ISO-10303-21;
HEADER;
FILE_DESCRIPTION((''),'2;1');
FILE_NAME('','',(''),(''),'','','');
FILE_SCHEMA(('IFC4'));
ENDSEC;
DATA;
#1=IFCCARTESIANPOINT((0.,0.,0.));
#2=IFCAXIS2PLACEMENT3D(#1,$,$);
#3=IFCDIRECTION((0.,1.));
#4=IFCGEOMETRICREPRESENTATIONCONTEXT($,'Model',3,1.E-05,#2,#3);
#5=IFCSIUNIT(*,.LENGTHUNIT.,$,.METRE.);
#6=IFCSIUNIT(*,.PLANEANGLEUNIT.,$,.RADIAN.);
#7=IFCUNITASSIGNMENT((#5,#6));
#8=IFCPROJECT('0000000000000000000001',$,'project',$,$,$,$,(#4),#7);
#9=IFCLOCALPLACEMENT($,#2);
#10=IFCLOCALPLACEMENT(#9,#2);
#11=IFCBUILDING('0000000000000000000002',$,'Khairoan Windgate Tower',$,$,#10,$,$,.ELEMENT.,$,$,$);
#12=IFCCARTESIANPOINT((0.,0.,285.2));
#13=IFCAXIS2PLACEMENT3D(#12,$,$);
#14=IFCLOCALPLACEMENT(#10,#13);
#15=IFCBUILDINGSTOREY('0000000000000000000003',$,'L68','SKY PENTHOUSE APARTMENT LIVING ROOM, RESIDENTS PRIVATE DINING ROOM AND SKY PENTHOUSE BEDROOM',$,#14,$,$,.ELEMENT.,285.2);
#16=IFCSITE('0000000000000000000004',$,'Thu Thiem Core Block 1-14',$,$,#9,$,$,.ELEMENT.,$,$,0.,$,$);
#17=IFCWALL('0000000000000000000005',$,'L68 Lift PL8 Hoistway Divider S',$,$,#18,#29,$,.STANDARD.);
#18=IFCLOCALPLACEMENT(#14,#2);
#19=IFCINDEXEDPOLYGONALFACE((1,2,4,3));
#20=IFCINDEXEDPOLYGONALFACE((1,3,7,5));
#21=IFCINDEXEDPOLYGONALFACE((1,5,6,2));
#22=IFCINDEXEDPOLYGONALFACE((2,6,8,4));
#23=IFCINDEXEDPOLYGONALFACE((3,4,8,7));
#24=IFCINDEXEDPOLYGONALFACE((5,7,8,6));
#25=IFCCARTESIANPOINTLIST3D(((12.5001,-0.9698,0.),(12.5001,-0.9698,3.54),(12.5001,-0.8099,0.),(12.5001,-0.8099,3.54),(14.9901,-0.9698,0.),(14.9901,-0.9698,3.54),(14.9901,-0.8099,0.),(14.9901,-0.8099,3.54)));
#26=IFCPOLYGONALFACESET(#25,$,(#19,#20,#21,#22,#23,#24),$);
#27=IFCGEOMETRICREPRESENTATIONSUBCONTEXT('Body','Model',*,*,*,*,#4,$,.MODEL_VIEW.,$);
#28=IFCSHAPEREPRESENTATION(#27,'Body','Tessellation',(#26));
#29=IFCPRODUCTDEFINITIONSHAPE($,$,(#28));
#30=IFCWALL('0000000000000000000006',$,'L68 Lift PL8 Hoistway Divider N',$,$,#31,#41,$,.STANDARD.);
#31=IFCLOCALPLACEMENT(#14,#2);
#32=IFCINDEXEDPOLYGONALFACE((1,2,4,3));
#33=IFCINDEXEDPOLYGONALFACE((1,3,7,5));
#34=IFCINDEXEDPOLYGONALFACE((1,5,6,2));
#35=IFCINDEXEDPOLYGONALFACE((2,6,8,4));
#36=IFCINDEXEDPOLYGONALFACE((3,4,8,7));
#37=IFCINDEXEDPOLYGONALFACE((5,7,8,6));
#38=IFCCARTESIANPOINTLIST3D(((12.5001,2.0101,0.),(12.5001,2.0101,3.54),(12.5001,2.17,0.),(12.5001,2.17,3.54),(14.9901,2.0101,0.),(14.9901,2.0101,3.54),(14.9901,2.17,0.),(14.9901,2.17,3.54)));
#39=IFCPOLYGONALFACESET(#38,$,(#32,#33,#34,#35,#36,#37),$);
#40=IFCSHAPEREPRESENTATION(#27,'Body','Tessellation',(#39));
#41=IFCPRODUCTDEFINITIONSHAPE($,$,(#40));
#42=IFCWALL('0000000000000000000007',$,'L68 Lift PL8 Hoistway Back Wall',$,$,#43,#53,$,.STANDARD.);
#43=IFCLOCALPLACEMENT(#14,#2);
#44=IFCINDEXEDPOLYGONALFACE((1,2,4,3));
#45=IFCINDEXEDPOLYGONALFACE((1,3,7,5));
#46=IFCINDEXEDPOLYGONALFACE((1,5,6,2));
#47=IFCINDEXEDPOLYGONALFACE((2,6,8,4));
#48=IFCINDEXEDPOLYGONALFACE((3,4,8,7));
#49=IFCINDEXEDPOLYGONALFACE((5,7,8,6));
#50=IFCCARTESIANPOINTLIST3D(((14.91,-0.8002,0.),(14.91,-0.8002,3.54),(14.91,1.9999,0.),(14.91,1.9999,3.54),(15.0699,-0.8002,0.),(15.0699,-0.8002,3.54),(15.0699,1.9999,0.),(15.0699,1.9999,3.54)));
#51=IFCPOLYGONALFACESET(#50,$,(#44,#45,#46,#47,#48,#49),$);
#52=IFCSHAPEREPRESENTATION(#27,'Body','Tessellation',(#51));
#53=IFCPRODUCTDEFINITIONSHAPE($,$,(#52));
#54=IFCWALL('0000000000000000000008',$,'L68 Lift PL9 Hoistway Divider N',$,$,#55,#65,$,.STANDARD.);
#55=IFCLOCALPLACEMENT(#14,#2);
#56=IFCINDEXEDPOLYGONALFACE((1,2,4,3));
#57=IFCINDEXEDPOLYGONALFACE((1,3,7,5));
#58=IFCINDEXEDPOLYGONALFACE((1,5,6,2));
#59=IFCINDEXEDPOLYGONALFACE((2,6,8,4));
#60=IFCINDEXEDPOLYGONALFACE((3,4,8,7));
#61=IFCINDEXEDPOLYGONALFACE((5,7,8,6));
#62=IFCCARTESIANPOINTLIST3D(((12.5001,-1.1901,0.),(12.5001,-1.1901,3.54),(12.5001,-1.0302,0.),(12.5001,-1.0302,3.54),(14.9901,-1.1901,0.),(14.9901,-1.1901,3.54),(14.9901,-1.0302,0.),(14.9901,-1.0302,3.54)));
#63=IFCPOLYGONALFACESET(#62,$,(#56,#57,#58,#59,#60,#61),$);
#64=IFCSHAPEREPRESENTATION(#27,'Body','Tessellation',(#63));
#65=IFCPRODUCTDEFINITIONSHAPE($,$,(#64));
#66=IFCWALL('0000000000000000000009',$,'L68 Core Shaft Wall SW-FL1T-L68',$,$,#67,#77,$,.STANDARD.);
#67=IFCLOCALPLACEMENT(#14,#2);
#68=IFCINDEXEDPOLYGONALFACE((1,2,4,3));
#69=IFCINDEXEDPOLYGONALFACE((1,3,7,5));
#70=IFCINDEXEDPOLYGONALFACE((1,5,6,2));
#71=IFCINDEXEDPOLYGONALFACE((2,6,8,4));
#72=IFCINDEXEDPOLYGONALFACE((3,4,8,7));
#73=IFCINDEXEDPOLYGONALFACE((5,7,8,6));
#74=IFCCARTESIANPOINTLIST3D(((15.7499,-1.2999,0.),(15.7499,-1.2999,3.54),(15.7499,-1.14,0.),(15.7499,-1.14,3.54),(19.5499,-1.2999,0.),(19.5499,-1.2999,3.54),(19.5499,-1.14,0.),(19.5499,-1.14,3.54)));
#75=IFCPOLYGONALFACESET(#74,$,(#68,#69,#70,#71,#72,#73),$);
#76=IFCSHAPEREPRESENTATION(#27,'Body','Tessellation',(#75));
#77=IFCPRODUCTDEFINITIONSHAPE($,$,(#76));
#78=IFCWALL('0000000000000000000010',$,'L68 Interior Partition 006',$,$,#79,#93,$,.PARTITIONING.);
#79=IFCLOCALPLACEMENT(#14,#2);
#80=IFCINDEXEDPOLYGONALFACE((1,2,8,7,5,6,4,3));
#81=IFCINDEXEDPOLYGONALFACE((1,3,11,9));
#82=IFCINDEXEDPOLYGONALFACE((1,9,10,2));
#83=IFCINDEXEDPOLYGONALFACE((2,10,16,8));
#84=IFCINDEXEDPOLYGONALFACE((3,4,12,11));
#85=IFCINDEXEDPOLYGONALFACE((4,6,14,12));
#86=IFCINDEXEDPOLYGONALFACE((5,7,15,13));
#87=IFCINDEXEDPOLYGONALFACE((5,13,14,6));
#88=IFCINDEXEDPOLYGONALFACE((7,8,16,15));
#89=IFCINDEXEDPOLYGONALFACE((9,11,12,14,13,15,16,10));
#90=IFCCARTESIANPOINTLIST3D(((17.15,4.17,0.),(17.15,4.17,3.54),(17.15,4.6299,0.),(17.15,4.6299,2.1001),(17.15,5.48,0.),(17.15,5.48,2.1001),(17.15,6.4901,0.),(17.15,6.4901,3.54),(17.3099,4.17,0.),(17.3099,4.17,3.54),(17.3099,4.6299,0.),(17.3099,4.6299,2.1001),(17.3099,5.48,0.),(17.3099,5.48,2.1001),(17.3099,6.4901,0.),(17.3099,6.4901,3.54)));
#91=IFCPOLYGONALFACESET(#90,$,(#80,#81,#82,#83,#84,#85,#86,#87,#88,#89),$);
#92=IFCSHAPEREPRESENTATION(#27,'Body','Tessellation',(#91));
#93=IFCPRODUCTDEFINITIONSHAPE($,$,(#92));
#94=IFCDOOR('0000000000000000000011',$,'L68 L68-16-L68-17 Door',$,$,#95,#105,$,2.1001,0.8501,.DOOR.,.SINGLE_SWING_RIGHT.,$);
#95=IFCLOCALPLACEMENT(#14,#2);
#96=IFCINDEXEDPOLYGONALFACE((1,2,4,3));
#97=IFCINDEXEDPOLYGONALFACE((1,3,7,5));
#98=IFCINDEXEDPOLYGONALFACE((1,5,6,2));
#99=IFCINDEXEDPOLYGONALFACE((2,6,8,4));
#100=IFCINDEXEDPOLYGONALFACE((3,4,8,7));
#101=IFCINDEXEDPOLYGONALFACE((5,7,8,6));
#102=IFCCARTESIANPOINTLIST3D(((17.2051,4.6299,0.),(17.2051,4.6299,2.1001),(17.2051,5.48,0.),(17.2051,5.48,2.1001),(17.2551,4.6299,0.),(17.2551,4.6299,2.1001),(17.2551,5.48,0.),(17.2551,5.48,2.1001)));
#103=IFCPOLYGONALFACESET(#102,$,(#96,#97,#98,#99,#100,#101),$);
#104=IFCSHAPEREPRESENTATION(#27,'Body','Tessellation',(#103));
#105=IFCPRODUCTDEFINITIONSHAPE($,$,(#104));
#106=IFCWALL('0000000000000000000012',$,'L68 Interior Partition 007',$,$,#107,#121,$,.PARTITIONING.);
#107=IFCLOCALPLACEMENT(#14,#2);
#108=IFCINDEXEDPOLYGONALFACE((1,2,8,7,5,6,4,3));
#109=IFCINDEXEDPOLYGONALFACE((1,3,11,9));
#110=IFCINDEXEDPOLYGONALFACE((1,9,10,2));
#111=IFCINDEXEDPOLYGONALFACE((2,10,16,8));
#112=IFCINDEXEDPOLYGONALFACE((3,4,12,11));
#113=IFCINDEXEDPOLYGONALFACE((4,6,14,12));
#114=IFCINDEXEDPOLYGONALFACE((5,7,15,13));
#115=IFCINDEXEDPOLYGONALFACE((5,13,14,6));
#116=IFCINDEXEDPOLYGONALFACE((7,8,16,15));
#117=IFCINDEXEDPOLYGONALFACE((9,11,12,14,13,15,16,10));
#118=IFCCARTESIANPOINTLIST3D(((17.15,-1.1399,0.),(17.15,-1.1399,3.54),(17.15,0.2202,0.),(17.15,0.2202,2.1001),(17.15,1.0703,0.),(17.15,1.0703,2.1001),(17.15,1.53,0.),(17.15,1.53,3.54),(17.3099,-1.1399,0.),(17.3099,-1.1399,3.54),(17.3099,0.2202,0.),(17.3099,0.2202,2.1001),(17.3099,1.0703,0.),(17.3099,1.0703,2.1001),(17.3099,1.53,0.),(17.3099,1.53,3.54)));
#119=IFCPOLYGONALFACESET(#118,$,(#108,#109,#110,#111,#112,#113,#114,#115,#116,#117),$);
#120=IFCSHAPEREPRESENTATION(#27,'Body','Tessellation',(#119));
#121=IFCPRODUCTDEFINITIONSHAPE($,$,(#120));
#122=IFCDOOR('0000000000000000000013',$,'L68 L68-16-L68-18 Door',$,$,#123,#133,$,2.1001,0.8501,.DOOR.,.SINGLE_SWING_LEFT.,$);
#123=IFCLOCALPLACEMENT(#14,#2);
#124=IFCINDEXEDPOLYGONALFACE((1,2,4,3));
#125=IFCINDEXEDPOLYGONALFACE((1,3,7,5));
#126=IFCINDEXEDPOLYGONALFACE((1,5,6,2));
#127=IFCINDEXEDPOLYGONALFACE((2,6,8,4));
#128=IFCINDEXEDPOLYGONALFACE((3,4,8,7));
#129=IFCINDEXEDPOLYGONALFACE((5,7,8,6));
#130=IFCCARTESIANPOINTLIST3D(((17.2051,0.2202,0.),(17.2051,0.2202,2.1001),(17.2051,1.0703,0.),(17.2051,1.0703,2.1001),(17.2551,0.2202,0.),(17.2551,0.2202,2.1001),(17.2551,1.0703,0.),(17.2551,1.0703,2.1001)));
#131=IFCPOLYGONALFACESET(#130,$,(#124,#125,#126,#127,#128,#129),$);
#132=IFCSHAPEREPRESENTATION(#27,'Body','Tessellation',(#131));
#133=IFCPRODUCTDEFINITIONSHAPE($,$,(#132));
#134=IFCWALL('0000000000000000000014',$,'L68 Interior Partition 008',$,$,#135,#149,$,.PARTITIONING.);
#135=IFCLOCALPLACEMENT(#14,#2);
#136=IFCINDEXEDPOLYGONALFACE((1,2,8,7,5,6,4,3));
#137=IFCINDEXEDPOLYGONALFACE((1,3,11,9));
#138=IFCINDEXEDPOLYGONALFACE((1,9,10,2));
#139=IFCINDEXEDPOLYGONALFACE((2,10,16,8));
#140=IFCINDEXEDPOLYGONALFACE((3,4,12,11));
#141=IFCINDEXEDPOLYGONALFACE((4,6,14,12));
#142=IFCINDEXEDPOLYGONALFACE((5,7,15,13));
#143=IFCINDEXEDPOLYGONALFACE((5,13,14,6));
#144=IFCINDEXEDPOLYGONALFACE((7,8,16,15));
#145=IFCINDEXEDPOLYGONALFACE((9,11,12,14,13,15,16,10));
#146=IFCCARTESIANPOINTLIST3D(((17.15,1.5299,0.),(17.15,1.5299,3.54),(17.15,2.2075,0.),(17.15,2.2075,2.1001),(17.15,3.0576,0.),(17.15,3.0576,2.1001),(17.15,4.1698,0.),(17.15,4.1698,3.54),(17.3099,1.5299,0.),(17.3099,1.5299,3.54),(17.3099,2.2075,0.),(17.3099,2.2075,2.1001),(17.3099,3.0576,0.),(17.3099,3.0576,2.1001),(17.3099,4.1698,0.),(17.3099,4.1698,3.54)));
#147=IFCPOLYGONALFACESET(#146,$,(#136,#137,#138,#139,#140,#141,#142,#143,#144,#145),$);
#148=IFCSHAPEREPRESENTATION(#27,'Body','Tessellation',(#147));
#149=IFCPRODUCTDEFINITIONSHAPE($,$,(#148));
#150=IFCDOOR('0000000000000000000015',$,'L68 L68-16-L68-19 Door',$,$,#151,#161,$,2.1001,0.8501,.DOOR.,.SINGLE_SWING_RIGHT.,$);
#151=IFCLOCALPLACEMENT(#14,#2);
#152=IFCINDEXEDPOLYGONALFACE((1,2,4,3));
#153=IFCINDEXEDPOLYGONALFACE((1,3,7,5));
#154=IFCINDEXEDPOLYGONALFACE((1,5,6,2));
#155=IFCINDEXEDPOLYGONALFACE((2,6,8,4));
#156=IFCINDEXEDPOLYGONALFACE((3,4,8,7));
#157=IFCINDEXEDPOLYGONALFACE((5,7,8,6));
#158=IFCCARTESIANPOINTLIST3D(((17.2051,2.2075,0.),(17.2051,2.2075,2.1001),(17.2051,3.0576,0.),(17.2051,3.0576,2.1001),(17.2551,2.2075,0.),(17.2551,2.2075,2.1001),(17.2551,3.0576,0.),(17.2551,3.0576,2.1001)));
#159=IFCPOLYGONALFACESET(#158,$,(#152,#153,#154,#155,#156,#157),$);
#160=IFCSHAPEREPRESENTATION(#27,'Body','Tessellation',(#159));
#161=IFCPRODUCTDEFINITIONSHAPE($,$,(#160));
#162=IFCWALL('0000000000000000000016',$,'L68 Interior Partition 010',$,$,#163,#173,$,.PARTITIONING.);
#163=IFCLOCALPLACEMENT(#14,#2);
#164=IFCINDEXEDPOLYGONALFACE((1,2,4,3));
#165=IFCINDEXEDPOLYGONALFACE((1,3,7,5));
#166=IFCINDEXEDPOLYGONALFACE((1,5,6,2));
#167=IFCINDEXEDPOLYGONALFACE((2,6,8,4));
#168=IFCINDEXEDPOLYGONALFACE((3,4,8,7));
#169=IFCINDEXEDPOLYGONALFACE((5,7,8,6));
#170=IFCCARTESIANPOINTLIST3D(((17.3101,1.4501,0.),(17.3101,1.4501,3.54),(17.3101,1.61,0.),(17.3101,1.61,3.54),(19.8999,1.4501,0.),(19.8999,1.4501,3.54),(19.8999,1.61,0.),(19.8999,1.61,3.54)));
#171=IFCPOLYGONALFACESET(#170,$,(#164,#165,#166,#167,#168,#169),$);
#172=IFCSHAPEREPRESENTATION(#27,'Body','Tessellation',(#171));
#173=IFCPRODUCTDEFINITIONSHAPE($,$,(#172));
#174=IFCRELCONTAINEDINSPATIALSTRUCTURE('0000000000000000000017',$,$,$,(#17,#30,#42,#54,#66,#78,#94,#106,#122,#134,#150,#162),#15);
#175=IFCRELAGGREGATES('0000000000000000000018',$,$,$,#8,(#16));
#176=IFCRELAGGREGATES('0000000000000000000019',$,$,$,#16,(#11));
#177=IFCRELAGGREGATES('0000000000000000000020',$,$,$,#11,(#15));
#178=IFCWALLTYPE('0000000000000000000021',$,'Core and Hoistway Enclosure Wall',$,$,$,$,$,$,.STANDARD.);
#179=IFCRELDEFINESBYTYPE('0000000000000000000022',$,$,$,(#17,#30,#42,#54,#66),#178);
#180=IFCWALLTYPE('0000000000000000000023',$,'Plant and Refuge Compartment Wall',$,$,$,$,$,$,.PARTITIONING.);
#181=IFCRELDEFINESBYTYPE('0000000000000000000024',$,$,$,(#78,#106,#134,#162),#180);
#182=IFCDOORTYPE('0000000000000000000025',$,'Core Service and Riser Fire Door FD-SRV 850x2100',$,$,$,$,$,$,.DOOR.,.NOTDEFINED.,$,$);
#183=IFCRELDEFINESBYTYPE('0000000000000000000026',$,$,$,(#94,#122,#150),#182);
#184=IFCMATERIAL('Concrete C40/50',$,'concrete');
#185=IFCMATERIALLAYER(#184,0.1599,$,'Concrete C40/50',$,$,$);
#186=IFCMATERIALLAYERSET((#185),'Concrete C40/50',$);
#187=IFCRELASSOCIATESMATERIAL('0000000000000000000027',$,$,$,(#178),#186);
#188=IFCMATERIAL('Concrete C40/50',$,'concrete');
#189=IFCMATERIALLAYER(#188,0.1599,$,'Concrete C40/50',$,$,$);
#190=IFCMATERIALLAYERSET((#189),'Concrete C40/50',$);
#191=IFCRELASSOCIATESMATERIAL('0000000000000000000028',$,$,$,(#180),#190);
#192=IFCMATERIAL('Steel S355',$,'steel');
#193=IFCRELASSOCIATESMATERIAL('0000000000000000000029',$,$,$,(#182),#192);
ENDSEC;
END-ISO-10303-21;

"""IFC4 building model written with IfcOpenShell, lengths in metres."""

from ifc_helpers import new_model, si_unit, direction, frame, frame_2d, origin, place, context, subcontext, project, spatial, rectangle, extrude, material, layer, layer_set, type_object, element, fill, save


model = new_model("IFC4")

# Units and contexts
model_context = context("Model", 3, precision=1e-05, world=origin(), true_north=direction((0.0, 1.0)))
body_context = subcontext(model_context, "Body", "Model", "MODEL_VIEW")
ifc_project = project(units=[si_unit("LENGTHUNIT", "METRE"), si_unit("PLANEANGLEUNIT", "RADIAN")], contexts=[model_context])

# Site, building, storey
site_placement = place(None, origin())
site = spatial("IfcSite", under=ifc_project, at=site_placement, Name="Thu Thiem Core Block 1-14", CompositionType="ELEMENT", RefElevation=0.0)
building_placement = place(site_placement, origin())
building = spatial("IfcBuilding", under=site, at=building_placement, Name="Khairoan Windgate Tower", CompositionType="ELEMENT")
storey_placement = place(building_placement, frame((0.0, 0.0, 285.2)))
storey = spatial("IfcBuildingStorey", under=building, at=storey_placement, Name="L68", Description="SKY PENTHOUSE APARTMENT LIVING ROOM, RESIDENTS PRIVATE DINING ROOM AND SKY PENTHOUSE BEDROOM", CompositionType="ELEMENT", Elevation=285.2)

# Walls
ifc_material_1 = material(Name="Concrete C40/50", Category="concrete")
ifc_layer_1 = layer(ifc_material_1, 0.1599, Name="Concrete C40/50")
ifc_layer_set_1 = layer_set([ifc_layer_1], Name="Concrete C40/50")
wall_type_1 = type_object("IfcWallType", Name="Core and Hoistway Enclosure Wall", PredefinedType="STANDARD", material=ifc_layer_set_1)
for number, where, z_axis, x_axis, name in (
    (1, (12.5, -0.8899, 0.0), (0.0, 0.0, 1.0), (1.0, 0.0, 0.0), "L68 Lift PL8 Hoistway Divider S"),
    (2, (12.5, 2.0901, 0.0), (0.0, 0.0, 1.0), (1.0, 0.0, 0.0), "L68 Lift PL8 Hoistway Divider N"),
):
    element("IfcWall", number, at=place(storey_placement, frame(where, z_axis=z_axis, x_axis=x_axis)), inside=storey, type_object=wall_type_1, Name=name, PredefinedType="STANDARD", context=body_context, shape_type="SweptSolid", body=[
        extrude(rectangle(XDim=2.49, YDim=0.1599, at=frame_2d((1.2451, 0.0))), origin(), (0.0, 0.0, 1.0), 3.54),
    ])
wall_1_placement = place(storey_placement, frame((14.99, -0.8, 0.0), z_axis=(0.0, 0.0, 1.0), x_axis=(0.0, 1.0, 0.0)))
element("IfcWall", 3, at=wall_1_placement, inside=storey, type_object=wall_type_1, Name="L68 Lift PL8 Hoistway Back Wall", PredefinedType="STANDARD", context=body_context, shape_type="SweptSolid", body=[
    extrude(rectangle(XDim=2.8, YDim=0.1599, at=frame_2d((1.3999, 0.0))), origin(), (0.0, 0.0, 1.0), 3.54),
])
wall_2_placement = place(storey_placement, frame((12.5, -1.1101, 0.0), z_axis=(0.0, 0.0, 1.0), x_axis=(1.0, 0.0, 0.0)))
element("IfcWall", 4, at=wall_2_placement, inside=storey, type_object=wall_type_1, Name="L68 Lift PL9 Hoistway Divider N", PredefinedType="STANDARD", context=body_context, shape_type="SweptSolid", body=[
    extrude(rectangle(XDim=2.49, YDim=0.1599, at=frame_2d((1.2451, 0.0))), origin(), (0.0, 0.0, 1.0), 3.54),
])
wall_3_placement = place(storey_placement, frame((15.75, -1.22, 0.0), z_axis=(0.0, 0.0, 1.0), x_axis=(1.0, 0.0, 0.0)))
element("IfcWall", 5, at=wall_3_placement, inside=storey, type_object=wall_type_1, Name="L68 Core Shaft Wall SW-FL1T-L68", PredefinedType="STANDARD", context=body_context, shape_type="SweptSolid", body=[
    extrude(rectangle(XDim=3.8, YDim=0.1599, at=frame_2d((1.8999, 0.0))), origin(), (0.0, 0.0, 1.0), 3.54),
])

# Walls, openings, doors
ifc_material_2 = material(Name="Concrete C40/50", Category="concrete")
ifc_layer_2 = layer(ifc_material_2, 0.1599, Name="Concrete C40/50")
ifc_layer_set_2 = layer_set([ifc_layer_2], Name="Concrete C40/50")
wall_type_2 = type_object("IfcWallType", Name="Plant and Refuge Compartment Wall", PredefinedType="PARTITIONING", material=ifc_layer_set_2)
wall_4_placement = place(storey_placement, frame((17.23, 4.1699, 0.0), z_axis=(0.0, 0.0, 1.0), x_axis=(0.0, 1.0, 0.0)))
wall_4 = element("IfcWall", 6, at=wall_4_placement, inside=storey, type_object=wall_type_2, Name="L68 Interior Partition 006", PredefinedType="PARTITIONING", context=body_context, shape_type="SweptSolid", body=[
    extrude(rectangle(XDim=2.3201, YDim=0.1599, at=frame_2d((1.1602, 0.0))), origin(), (0.0, 0.0, 1.0), 3.54),
])
opening_1_placement = place(wall_4_placement, frame((0.46, 0.0, 0.0)))
opening_1 = element("IfcOpeningElement", 7, at=opening_1_placement, cuts=wall_4, PredefinedType="OPENING", context=body_context, shape_type="SweptSolid", body=[
    extrude(rectangle(XDim=0.8501, YDim=2.1001, at=frame_2d((0.425, 1.05))), frame((0.0, 0.0898, 0.0), z_axis=(0.0, -1.0, 0.0), x_axis=(1.0, 0.0, 0.0)), (0.0, 0.0, 1.0), 0.1799),
])
ifc_material_3 = material(Name="Steel S355", Category="steel")
door_type = type_object("IfcDoorType", Name="Core Service and Riser Fire Door FD-SRV 850x2100", OperationType="NOTDEFINED", PredefinedType="DOOR", material=ifc_material_3)
door_1_placement = place(opening_1_placement, origin())
door_1 = element("IfcDoor", 8, at=door_1_placement, inside=storey, type_object=door_type, Name="L68 L68-16-L68-17 Door", OperationType="SINGLE_SWING_RIGHT", OverallHeight=2.1001, OverallWidth=0.8501, PredefinedType="DOOR", context=body_context, shape_type="SweptSolid", body=[
    extrude(rectangle(XDim=0.8501, YDim=2.1001, at=frame_2d((0.425, 1.05))), frame((0.0, 0.0249, 0.0), z_axis=(0.0, -1.0, 0.0), x_axis=(1.0, 0.0, 0.0)), (0.0, 0.0, 1.0), 0.05),
])
fill(opening_1, door_1)
wall_5_placement = place(storey_placement, frame((17.23, -1.1399, 0.0), z_axis=(0.0, 0.0, 1.0), x_axis=(0.0, 1.0, 0.0)))
wall_5 = element("IfcWall", 9, at=wall_5_placement, inside=storey, type_object=wall_type_2, Name="L68 Interior Partition 007", PredefinedType="PARTITIONING", context=body_context, shape_type="SweptSolid", body=[
    extrude(rectangle(XDim=2.6699, YDim=0.1599, at=frame_2d((1.335, 0.0))), origin(), (0.0, 0.0, 1.0), 3.54),
])
opening_2_placement = place(wall_5_placement, frame((1.3601, 0.0, 0.0)))
opening_2 = element("IfcOpeningElement", 10, at=opening_2_placement, cuts=wall_5, PredefinedType="OPENING", context=body_context, shape_type="SweptSolid", body=[
    extrude(rectangle(XDim=0.8501, YDim=2.1001, at=frame_2d((0.425, 1.05))), frame((0.0, 0.0898, 0.0), z_axis=(0.0, -1.0, 0.0), x_axis=(1.0, 0.0, 0.0)), (0.0, 0.0, 1.0), 0.1799),
])
door_2_placement = place(opening_2_placement, origin())
door_2 = element("IfcDoor", 11, at=door_2_placement, inside=storey, type_object=door_type, Name="L68 L68-16-L68-18 Door", OperationType="SINGLE_SWING_LEFT", OverallHeight=2.1001, OverallWidth=0.8501, PredefinedType="DOOR", context=body_context, shape_type="SweptSolid", body=[
    extrude(rectangle(XDim=0.8501, YDim=2.1001, at=frame_2d((0.425, 1.05))), frame((0.0, 0.0249, 0.0), z_axis=(0.0, -1.0, 0.0), x_axis=(1.0, 0.0, 0.0)), (0.0, 0.0, 1.0), 0.05),
])
fill(opening_2, door_2)
wall_6_placement = place(storey_placement, frame((17.23, 1.53, 0.0), z_axis=(0.0, 0.0, 1.0), x_axis=(0.0, 1.0, 0.0)))
wall_6 = element("IfcWall", 12, at=wall_6_placement, inside=storey, type_object=wall_type_2, Name="L68 Interior Partition 008", PredefinedType="PARTITIONING", context=body_context, shape_type="SweptSolid", body=[
    extrude(rectangle(XDim=2.6399, YDim=0.1599, at=frame_2d((1.3198, 0.0))), origin(), (0.0, 0.0, 1.0), 3.54),
])
opening_3_placement = place(wall_6_placement, frame((0.6775, 0.0, 0.0)))
opening_3 = element("IfcOpeningElement", 13, at=opening_3_placement, cuts=wall_6, PredefinedType="OPENING", context=body_context, shape_type="SweptSolid", body=[
    extrude(rectangle(XDim=0.8501, YDim=2.1001, at=frame_2d((0.425, 1.05))), frame((0.0, 0.0898, 0.0), z_axis=(0.0, -1.0, 0.0), x_axis=(1.0, 0.0, 0.0)), (0.0, 0.0, 1.0), 0.1799),
])
door_3_placement = place(opening_3_placement, origin())
door_3 = element("IfcDoor", 14, at=door_3_placement, inside=storey, type_object=door_type, Name="L68 L68-16-L68-19 Door", OperationType="SINGLE_SWING_RIGHT", OverallHeight=2.1001, OverallWidth=0.8501, PredefinedType="DOOR", context=body_context, shape_type="SweptSolid", body=[
    extrude(rectangle(XDim=0.8501, YDim=2.1001, at=frame_2d((0.425, 1.05))), frame((0.0, 0.0249, 0.0), z_axis=(0.0, -1.0, 0.0), x_axis=(1.0, 0.0, 0.0)), (0.0, 0.0, 1.0), 0.05),
])
fill(opening_3, door_3)

# Wall
wall_7_placement = place(storey_placement, frame((17.3101, 1.53, 0.0), z_axis=(0.0, 0.0, 1.0), x_axis=(1.0, 0.0, 0.0)))
element("IfcWall", 15, at=wall_7_placement, inside=storey, type_object=wall_type_2, Name="L68 Interior Partition 010", PredefinedType="PARTITIONING", context=body_context, shape_type="SweptSolid", body=[
    extrude(rectangle(XDim=2.5898, YDim=0.1599, at=frame_2d((1.2949, 0.0))), origin(), (0.0, 0.0, 1.0), 3.54),
])

save(model, "model.ifc")
